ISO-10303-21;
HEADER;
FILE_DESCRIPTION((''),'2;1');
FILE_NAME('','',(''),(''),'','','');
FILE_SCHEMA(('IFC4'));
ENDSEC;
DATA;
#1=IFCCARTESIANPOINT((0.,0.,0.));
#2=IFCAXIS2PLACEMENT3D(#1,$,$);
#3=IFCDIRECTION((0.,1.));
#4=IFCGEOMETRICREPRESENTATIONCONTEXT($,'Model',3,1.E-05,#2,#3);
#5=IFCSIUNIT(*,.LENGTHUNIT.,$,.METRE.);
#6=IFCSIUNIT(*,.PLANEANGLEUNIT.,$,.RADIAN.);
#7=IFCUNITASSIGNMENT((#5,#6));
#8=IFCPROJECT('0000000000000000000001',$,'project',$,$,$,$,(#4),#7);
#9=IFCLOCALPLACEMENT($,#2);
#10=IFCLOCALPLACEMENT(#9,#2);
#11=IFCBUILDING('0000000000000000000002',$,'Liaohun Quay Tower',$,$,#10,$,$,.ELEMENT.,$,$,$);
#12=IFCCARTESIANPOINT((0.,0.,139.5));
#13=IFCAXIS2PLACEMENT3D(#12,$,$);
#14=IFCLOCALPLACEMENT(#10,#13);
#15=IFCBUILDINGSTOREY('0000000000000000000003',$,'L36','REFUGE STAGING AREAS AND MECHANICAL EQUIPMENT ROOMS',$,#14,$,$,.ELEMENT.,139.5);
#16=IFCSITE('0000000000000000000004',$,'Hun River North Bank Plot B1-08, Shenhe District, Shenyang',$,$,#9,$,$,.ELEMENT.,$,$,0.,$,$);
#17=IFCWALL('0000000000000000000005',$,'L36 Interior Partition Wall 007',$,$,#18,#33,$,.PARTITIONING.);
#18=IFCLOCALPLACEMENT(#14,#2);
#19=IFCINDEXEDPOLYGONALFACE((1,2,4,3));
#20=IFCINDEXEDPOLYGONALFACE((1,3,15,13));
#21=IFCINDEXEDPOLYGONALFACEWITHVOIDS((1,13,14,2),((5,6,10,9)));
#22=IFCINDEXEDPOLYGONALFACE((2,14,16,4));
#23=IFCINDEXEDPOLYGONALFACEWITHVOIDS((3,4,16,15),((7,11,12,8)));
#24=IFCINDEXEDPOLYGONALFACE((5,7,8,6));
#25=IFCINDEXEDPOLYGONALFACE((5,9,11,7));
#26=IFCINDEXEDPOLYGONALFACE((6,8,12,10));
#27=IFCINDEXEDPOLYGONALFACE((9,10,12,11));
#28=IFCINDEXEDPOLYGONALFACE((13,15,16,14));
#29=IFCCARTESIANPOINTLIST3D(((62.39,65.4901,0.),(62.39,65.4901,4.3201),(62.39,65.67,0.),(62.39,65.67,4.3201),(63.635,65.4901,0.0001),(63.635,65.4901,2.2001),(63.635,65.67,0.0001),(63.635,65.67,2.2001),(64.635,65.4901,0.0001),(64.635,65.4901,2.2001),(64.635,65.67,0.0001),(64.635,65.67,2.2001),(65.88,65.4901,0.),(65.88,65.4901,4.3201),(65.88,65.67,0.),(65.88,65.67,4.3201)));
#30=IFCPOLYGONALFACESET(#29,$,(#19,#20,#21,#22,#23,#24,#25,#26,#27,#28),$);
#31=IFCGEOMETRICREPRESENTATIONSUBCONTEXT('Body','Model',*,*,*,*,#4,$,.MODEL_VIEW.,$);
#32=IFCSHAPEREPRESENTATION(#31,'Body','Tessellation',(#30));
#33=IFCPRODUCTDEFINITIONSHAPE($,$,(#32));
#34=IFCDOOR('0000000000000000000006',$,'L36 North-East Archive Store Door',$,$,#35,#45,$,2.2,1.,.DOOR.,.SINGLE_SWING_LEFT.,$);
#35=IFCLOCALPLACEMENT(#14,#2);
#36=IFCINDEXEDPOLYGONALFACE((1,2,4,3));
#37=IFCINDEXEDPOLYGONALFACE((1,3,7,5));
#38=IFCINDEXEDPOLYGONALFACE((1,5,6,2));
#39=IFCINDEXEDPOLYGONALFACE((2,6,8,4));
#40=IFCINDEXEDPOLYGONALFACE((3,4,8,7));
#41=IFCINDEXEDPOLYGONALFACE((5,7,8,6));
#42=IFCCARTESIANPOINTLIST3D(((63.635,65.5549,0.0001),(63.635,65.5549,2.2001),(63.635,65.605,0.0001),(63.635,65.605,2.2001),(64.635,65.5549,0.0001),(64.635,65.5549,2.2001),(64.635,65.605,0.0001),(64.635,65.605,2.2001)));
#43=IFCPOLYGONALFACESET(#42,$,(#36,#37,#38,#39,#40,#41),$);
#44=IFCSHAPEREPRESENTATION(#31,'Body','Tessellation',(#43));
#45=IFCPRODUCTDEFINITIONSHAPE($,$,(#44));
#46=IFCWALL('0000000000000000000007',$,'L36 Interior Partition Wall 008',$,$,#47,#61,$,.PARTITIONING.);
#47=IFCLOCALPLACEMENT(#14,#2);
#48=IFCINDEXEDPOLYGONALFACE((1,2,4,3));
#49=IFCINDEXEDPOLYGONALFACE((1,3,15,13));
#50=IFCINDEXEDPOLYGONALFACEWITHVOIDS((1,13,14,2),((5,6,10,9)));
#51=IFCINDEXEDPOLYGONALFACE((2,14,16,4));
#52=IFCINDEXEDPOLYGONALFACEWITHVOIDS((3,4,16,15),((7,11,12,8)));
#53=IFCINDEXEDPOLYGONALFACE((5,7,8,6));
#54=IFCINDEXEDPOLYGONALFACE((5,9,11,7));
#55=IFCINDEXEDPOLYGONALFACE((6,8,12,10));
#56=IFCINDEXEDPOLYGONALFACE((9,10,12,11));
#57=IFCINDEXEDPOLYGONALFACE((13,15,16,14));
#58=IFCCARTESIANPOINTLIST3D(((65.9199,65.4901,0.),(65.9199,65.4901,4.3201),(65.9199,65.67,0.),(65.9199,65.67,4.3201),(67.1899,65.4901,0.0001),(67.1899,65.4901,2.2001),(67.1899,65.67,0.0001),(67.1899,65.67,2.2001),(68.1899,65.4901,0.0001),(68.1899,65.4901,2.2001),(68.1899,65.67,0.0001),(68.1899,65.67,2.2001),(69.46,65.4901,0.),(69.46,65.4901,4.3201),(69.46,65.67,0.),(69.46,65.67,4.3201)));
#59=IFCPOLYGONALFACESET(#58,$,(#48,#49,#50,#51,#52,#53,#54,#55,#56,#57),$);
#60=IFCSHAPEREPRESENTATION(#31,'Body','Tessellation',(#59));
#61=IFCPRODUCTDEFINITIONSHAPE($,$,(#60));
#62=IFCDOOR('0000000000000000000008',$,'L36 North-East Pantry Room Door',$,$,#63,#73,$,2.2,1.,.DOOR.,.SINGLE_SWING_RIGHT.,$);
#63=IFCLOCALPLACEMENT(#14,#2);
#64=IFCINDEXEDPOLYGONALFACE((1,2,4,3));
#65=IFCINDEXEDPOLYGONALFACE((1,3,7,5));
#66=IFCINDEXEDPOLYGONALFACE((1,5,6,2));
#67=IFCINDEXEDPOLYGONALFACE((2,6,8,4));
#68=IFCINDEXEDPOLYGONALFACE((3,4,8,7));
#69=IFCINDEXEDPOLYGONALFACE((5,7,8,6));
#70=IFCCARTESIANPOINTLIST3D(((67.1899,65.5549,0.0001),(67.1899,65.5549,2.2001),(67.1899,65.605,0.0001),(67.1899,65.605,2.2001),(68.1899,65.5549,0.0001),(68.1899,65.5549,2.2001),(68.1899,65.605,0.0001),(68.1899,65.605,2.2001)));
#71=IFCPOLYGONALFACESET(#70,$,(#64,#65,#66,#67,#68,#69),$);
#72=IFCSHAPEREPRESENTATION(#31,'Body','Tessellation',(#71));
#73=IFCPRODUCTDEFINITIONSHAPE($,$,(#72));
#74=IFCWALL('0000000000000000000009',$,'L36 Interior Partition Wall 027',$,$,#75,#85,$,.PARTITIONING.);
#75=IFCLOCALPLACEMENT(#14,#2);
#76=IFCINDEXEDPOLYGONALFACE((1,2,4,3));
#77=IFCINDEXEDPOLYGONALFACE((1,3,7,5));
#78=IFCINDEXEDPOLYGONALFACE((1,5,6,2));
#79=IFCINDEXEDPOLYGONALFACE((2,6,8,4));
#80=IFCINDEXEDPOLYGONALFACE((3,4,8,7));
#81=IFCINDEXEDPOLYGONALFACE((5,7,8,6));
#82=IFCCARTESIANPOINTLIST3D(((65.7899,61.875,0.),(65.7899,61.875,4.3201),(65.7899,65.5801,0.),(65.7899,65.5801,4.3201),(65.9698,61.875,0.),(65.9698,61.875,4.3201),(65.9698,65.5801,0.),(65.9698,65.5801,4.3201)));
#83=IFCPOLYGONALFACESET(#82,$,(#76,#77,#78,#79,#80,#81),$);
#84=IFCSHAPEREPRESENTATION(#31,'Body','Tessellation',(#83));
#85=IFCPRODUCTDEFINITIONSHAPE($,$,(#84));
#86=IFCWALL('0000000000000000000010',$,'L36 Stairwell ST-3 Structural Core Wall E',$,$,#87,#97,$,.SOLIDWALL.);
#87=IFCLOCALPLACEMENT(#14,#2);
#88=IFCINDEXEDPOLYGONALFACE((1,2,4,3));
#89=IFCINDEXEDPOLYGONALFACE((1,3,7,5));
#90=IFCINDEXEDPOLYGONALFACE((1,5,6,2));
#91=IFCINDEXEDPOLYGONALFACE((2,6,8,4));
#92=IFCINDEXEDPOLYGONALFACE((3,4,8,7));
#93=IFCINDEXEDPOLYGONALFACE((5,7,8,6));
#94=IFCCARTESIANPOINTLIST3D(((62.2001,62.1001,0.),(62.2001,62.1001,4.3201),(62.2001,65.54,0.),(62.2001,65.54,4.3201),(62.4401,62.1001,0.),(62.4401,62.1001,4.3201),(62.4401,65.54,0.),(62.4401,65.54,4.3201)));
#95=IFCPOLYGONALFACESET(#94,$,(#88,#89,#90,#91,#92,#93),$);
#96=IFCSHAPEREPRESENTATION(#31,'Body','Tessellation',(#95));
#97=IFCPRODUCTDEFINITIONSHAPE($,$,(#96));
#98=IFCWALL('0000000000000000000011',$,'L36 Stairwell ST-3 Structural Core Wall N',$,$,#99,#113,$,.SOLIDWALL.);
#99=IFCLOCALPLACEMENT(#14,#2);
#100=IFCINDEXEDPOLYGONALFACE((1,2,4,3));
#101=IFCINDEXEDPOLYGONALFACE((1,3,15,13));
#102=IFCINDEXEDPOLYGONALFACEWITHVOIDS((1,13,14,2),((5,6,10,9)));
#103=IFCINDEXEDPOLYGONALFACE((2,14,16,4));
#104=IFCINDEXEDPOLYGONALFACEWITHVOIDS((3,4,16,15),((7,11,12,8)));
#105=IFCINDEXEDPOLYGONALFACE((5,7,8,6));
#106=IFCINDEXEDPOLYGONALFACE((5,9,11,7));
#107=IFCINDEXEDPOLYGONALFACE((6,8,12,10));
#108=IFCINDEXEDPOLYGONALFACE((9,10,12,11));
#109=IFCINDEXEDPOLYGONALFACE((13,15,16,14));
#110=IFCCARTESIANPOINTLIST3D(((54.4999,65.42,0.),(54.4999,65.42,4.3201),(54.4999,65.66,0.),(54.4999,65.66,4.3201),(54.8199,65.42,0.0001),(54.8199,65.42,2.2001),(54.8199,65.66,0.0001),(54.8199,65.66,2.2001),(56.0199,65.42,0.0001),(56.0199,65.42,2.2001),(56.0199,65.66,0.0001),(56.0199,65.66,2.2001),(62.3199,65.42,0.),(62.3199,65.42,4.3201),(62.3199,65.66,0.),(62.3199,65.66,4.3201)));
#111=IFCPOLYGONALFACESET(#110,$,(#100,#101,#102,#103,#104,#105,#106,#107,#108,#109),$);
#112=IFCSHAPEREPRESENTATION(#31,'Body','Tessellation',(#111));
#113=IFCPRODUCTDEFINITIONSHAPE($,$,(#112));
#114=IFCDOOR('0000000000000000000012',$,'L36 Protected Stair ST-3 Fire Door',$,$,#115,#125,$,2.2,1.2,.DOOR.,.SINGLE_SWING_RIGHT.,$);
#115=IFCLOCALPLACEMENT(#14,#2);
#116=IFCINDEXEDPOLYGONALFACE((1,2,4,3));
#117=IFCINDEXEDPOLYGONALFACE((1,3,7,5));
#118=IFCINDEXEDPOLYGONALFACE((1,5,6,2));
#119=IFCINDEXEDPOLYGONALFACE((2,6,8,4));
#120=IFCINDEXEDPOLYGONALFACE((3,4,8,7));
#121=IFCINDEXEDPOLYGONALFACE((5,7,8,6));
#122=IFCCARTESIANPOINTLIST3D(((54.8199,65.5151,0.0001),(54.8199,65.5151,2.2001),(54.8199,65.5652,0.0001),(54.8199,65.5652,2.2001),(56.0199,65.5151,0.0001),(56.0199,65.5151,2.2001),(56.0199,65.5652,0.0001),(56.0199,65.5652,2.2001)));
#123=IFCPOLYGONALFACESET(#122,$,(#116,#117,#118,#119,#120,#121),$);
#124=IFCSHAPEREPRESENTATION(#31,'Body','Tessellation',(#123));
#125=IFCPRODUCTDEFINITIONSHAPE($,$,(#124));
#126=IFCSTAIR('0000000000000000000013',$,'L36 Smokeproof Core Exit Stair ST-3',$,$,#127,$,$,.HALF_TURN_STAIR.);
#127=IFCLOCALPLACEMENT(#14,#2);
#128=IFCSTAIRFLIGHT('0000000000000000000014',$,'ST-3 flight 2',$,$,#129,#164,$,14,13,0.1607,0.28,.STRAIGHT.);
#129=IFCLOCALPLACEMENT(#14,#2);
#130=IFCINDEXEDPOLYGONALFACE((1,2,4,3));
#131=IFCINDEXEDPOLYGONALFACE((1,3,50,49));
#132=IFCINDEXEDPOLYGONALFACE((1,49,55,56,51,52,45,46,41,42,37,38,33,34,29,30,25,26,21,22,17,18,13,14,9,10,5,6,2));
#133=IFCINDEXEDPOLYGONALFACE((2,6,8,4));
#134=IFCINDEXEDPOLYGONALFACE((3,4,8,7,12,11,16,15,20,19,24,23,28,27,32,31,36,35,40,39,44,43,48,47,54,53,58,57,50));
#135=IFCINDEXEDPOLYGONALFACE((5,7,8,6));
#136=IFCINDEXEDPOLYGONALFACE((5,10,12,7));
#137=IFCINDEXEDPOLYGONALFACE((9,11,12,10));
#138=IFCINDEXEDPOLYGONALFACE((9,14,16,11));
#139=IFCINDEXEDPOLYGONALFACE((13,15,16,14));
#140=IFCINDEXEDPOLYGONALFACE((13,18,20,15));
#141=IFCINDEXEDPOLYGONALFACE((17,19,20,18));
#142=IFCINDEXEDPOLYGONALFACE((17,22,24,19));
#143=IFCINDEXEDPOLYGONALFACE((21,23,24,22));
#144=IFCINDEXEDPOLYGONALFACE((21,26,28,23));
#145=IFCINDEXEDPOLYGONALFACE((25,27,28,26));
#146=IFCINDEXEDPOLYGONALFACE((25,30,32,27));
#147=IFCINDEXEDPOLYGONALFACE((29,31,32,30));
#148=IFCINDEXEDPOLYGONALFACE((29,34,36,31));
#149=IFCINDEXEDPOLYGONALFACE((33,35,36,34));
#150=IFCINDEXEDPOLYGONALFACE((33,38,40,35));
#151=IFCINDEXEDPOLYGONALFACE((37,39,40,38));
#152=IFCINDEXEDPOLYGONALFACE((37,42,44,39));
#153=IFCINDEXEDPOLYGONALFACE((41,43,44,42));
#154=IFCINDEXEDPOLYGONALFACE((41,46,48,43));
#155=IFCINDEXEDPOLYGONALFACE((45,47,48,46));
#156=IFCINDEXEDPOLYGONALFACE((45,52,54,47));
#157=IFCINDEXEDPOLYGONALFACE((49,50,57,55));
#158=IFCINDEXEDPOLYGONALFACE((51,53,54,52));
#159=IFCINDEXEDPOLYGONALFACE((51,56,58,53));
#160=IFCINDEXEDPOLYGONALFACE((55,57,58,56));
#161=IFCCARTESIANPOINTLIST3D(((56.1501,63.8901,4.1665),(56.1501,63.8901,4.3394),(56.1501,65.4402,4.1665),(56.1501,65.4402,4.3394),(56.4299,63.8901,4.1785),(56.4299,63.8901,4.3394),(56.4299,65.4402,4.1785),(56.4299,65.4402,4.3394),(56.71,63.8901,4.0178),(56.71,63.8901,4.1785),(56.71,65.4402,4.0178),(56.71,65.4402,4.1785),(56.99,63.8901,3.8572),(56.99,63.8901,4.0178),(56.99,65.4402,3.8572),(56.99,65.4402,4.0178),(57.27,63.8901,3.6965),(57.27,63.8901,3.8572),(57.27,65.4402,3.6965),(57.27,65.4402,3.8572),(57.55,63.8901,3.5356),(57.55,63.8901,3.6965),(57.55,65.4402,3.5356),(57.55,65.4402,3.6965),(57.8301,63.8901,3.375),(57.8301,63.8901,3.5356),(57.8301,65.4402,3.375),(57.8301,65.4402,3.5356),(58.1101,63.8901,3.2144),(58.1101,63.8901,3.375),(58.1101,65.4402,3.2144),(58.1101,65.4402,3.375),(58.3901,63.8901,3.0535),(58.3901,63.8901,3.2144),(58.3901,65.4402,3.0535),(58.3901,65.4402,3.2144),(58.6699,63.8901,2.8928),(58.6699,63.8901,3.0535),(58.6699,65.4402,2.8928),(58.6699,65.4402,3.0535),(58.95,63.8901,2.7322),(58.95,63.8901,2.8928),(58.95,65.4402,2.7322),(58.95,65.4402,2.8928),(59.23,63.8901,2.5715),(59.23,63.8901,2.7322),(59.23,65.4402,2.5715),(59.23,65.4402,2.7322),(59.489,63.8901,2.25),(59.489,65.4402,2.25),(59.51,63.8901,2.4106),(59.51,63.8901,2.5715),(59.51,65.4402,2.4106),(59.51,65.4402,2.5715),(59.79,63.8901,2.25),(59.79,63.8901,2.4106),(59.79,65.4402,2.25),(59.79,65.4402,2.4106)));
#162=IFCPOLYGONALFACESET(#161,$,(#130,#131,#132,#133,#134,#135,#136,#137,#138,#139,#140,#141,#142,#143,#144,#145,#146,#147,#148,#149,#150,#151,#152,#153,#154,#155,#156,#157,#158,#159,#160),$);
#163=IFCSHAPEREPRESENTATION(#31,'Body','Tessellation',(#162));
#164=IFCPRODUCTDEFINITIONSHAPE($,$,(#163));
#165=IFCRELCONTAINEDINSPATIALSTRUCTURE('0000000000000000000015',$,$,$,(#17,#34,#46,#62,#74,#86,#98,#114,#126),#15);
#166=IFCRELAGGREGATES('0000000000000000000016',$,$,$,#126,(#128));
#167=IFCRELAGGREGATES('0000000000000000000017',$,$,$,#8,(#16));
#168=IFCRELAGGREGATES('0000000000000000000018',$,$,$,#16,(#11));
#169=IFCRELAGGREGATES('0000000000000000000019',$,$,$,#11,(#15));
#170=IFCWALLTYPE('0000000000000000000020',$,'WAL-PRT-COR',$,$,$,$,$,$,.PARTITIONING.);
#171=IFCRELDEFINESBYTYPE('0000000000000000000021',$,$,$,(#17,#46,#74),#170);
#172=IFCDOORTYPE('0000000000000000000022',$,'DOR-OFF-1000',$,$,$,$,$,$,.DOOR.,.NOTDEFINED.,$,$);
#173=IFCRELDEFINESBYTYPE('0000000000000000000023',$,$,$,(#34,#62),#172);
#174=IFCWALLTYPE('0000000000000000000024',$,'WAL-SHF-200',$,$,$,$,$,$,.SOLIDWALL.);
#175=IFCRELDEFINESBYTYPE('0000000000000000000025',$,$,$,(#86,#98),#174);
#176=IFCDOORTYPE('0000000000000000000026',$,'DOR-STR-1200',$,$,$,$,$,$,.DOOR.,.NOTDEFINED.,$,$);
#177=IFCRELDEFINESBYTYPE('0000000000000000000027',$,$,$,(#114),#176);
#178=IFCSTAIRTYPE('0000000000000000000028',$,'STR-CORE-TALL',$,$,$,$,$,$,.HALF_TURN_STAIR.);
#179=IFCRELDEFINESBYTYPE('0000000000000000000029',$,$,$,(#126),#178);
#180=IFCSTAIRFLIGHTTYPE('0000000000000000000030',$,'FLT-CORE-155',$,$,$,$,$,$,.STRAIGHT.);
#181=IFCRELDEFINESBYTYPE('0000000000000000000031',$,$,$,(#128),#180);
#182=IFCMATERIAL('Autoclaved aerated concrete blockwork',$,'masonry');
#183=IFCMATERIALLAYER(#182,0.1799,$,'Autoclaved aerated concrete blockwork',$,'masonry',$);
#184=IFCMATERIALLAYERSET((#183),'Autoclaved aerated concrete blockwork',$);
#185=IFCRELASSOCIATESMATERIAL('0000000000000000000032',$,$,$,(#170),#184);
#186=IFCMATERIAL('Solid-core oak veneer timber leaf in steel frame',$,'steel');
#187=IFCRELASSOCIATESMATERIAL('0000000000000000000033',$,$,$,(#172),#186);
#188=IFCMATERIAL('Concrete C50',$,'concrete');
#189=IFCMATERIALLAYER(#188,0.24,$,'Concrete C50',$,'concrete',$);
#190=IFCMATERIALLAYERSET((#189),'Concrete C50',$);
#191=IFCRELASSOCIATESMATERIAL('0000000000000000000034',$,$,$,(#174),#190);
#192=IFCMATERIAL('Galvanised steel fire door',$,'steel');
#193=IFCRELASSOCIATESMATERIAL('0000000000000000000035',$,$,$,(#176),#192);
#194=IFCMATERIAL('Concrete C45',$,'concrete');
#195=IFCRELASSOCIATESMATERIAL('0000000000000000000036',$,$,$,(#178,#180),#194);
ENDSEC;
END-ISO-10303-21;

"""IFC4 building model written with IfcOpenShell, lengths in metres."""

from ifc_helpers import new_model, si_unit, direction, frame, frame_2d, origin, place, context, subcontext, project, spatial, polyline, rectangle, outline, extrude, source, transform, mapped, material, layer, layer_set, type_object, element, fill, aggregate, save


model = new_model("IFC4")

# Units and contexts
model_context = context("Model", 3, precision=1e-05, world=origin(), true_north=direction((0.0, 1.0)))
body_context = subcontext(model_context, "Body", "Model", "MODEL_VIEW")
ifc_project = project(units=[si_unit("LENGTHUNIT", "METRE"), si_unit("PLANEANGLEUNIT", "RADIAN")], contexts=[model_context])

# Site, building, storey
site_placement = place(None, origin())
site = spatial("IfcSite", under=ifc_project, at=site_placement, Name="Hun River North Bank Plot B1-08, Shenhe District, Shenyang", CompositionType="ELEMENT", RefElevation=0.0)
building_placement = place(site_placement, origin())
building = spatial("IfcBuilding", under=site, at=building_placement, Name="Liaohun Quay Tower", CompositionType="ELEMENT")
storey_placement = place(building_placement, frame((0.0, 0.0, 139.5)))
storey = spatial("IfcBuildingStorey", under=building, at=storey_placement, Name="L36", Description="REFUGE STAGING AREAS AND MECHANICAL EQUIPMENT ROOMS", CompositionType="ELEMENT", Elevation=139.5)

# Walls, openings, doors
ifc_material_1 = material(Name="Autoclaved aerated concrete blockwork", Category="masonry")
ifc_layer_1 = layer(ifc_material_1, 0.1799, Name="Autoclaved aerated concrete blockwork", Category="masonry")
ifc_layer_set_1 = layer_set([ifc_layer_1], Name="Autoclaved aerated concrete blockwork")
wall_type_1 = type_object("IfcWallType", Name="WAL-PRT-COR", PredefinedType="PARTITIONING", material=ifc_layer_set_1)
wall_1_placement = place(storey_placement, frame((62.3899, 65.5801, 0.0), z_axis=(0.0, 0.0, 1.0), x_axis=(1.0, 0.0, 0.0)))
wall_1 = element("IfcWall", 1, at=wall_1_placement, inside=storey, type_object=wall_type_1, Name="L36 Interior Partition Wall 007", PredefinedType="PARTITIONING", context=body_context, shape_type="SweptSolid", body=[
    extrude(rectangle(XDim=3.49, YDim=0.1799, at=frame_2d((1.7451, 0.0))), origin(), (0.0, 0.0, 1.0), 4.3201),
])
shared_shape_1 = source(origin(), body_context, "Body", "SweptSolid", [
    extrude(rectangle(XDim=1.0, YDim=2.2, at=frame_2d((0.5, 1.1001))), frame((0.0, 0.0999, 0.0), z_axis=(0.0, -1.0, 0.0), x_axis=(1.0, 0.0, 0.0)), (0.0, 0.0, 1.0), 0.2),
])
opening_1_placement = place(wall_1_placement, frame((1.2451, 0.0, 0.0)))
opening_1 = element("IfcOpeningElement", 2, at=opening_1_placement, cuts=wall_1, PredefinedType="OPENING", context=body_context, shape_type="MappedRepresentation", body=[
    mapped(shared_shape_1, transform((0.0, 0.0, 0.0), x_axis=(1.0, 0.0, 0.0), y_axis=(0.0, 1.0, 0.0), z_axis=(0.0, 0.0, 1.0), scale=1.0)),
])
ifc_material_2 = material(Name="Solid-core oak veneer timber leaf in steel frame", Category="steel")
door_type_1 = type_object("IfcDoorType", Name="DOR-OFF-1000", OperationType="NOTDEFINED", PredefinedType="DOOR", material=ifc_material_2)
shared_shape_2 = source(origin(), body_context, "Body", "SweptSolid", [
    extrude(rectangle(XDim=1.0, YDim=2.2, at=frame_2d((0.5, 1.1001))), frame((0.0, 0.0249, 0.0), z_axis=(0.0, -1.0, 0.0), x_axis=(1.0, 0.0, 0.0)), (0.0, 0.0, 1.0), 0.05),
])
door_1_placement = place(opening_1_placement, origin())
door_1 = element("IfcDoor", 3, at=door_1_placement, inside=storey, type_object=door_type_1, Name="L36 North-East Archive Store Door", OperationType="SINGLE_SWING_LEFT", OverallHeight=2.2, OverallWidth=1.0, PredefinedType="DOOR", context=body_context, shape_type="MappedRepresentation", body=[
    mapped(shared_shape_2, transform((0.0, 0.0, 0.0), x_axis=(1.0, 0.0, 0.0), y_axis=(0.0, 1.0, 0.0), z_axis=(0.0, 0.0, 1.0), scale=1.0)),
])
fill(opening_1, door_1)
wall_2_placement = place(storey_placement, frame((65.9199, 65.5801, 0.0), z_axis=(0.0, 0.0, 1.0), x_axis=(1.0, 0.0, 0.0)))
wall_2 = element("IfcWall", 4, at=wall_2_placement, inside=storey, type_object=wall_type_1, Name="L36 Interior Partition Wall 008", PredefinedType="PARTITIONING", context=body_context, shape_type="SweptSolid", body=[
    extrude(rectangle(XDim=3.54, YDim=0.1799, at=frame_2d((1.77, 0.0))), origin(), (0.0, 0.0, 1.0), 4.3201),
])
opening_2_placement = place(wall_2_placement, frame((1.27, 0.0, 0.0)))
opening_2 = element("IfcOpeningElement", 5, at=opening_2_placement, cuts=wall_2, PredefinedType="OPENING", context=body_context, shape_type="MappedRepresentation", body=[
    mapped(shared_shape_1, transform((0.0, 0.0, 0.0), x_axis=(1.0, 0.0, 0.0), y_axis=(0.0, 1.0, 0.0), z_axis=(0.0, 0.0, 1.0), scale=1.0)),
])
door_2_placement = place(opening_2_placement, origin())
door_2 = element("IfcDoor", 6, at=door_2_placement, inside=storey, type_object=door_type_1, Name="L36 North-East Pantry Room Door", OperationType="SINGLE_SWING_RIGHT", OverallHeight=2.2, OverallWidth=1.0, PredefinedType="DOOR", context=body_context, shape_type="MappedRepresentation", body=[
    mapped(shared_shape_2, transform((0.0, 0.0, 0.0), x_axis=(1.0, 0.0, 0.0), y_axis=(0.0, 1.0, 0.0), z_axis=(0.0, 0.0, 1.0), scale=1.0)),
])
fill(opening_2, door_2)

# Walls
wall_3_placement = place(storey_placement, frame((65.8799, 61.875, 0.0), z_axis=(0.0, 0.0, 1.0), x_axis=(0.0, 1.0, 0.0)))
element("IfcWall", 7, at=wall_3_placement, inside=storey, type_object=wall_type_1, Name="L36 Interior Partition Wall 027", PredefinedType="PARTITIONING", context=body_context, shape_type="SweptSolid", body=[
    extrude(rectangle(XDim=3.7051, YDim=0.1799, at=frame_2d((1.8525, 0.0))), origin(), (0.0, 0.0, 1.0), 4.3201),
])
ifc_material_3 = material(Name="Concrete C50", Category="concrete")
ifc_layer_2 = layer(ifc_material_3, 0.24, Name="Concrete C50", Category="concrete")
ifc_layer_set_2 = layer_set([ifc_layer_2], Name="Concrete C50")
wall_type_2 = type_object("IfcWallType", Name="WAL-SHF-200", PredefinedType="SOLIDWALL", material=ifc_layer_set_2)
wall_4_placement = place(storey_placement, frame((62.3201, 62.1001, 0.0), z_axis=(0.0, 0.0, 1.0), x_axis=(0.0, 1.0, 0.0)))
element("IfcWall", 8, at=wall_4_placement, inside=storey, type_object=wall_type_2, Name="L36 Stairwell ST-3 Structural Core Wall E", PredefinedType="SOLIDWALL", context=body_context, shape_type="SweptSolid", body=[
    extrude(rectangle(XDim=3.4399, YDim=0.24, at=frame_2d((1.72, 0.0))), origin(), (0.0, 0.0, 1.0), 4.3201),
])

# Wall, opening, door
wall_5_placement = place(storey_placement, frame((62.3201, 65.54, 0.0), z_axis=(0.0, 0.0, 1.0), x_axis=(-1.0, 0.0, 0.0)))
wall_5 = element("IfcWall", 9, at=wall_5_placement, inside=storey, type_object=wall_type_2, Name="L36 Stairwell ST-3 Structural Core Wall N", PredefinedType="SOLIDWALL", context=body_context, shape_type="SweptSolid", body=[
    extrude(rectangle(XDim=7.8201, YDim=0.24, at=frame_2d((3.9102, 0.0))), origin(), (0.0, 0.0, 1.0), 4.3201),
])
shared_shape_3 = source(origin(), body_context, "Body", "SweptSolid", [
    extrude(rectangle(XDim=1.2, YDim=2.2, at=frame_2d((0.6001, 1.1001))), frame((0.0, 0.1299, 0.0), z_axis=(0.0, -1.0, 0.0), x_axis=(1.0, 0.0, 0.0)), (0.0, 0.0, 1.0), 0.26),
])
opening_3_placement = place(wall_5_placement, frame((6.3, 0.0, 0.0)))
opening_3 = element("IfcOpeningElement", 10, at=opening_3_placement, cuts=wall_5, PredefinedType="OPENING", context=body_context, shape_type="MappedRepresentation", body=[
    mapped(shared_shape_3, transform((0.0, 0.0, 0.0), x_axis=(1.0, 0.0, 0.0), y_axis=(0.0, 1.0, 0.0), z_axis=(0.0, 0.0, 1.0), scale=1.0)),
])
ifc_material_4 = material(Name="Galvanised steel fire door", Category="steel")
door_type_2 = type_object("IfcDoorType", Name="DOR-STR-1200", OperationType="NOTDEFINED", PredefinedType="DOOR", material=ifc_material_4)
shared_shape_4 = source(origin(), body_context, "Body", "SweptSolid", [
    extrude(rectangle(XDim=1.2, YDim=2.2, at=frame_2d((0.6001, 1.1001))), frame((0.0, 0.0249, 0.0), z_axis=(0.0, -1.0, 0.0), x_axis=(1.0, 0.0, 0.0)), (0.0, 0.0, 1.0), 0.05),
])
door_3_placement = place(opening_3_placement, origin())
door_3 = element("IfcDoor", 11, at=door_3_placement, inside=storey, type_object=door_type_2, Name="L36 Protected Stair ST-3 Fire Door", OperationType="SINGLE_SWING_RIGHT", OverallHeight=2.2, OverallWidth=1.2, PredefinedType="DOOR", context=body_context, shape_type="MappedRepresentation", body=[
    mapped(shared_shape_4, transform((0.0, 0.0, 0.0), x_axis=(1.0, 0.0, 0.0), y_axis=(0.0, 1.0, 0.0), z_axis=(0.0, 0.0, 1.0), scale=1.0)),
])
fill(opening_3, door_3)

# Stair, stair flight
ifc_material_5 = material(Name="Concrete C45", Category="concrete")
stair_type = type_object("IfcStairType", Name="STR-CORE-TALL", PredefinedType="HALF_TURN_STAIR", material=ifc_material_5)
stair_placement = place(storey_placement, origin())
stair = element("IfcStair", 12, at=stair_placement, inside=storey, type_object=stair_type, Name="L36 Smokeproof Core Exit Stair ST-3", PredefinedType="HALF_TURN_STAIR")
stair_flight_type = type_object("IfcStairFlightType", Name="FLT-CORE-155", PredefinedType="STRAIGHT", material=ifc_material_5)
stair_flight_placement = place(storey_placement, frame((59.79, 64.665, 2.25), z_axis=(0.0, 0.0, 1.0), x_axis=(-1.0, 0.0, 0.0)))
stair_flight = element("IfcStairFlight", 13, at=stair_flight_placement, type_object=stair_flight_type, Name="ST-3 flight 2", NumberOfRisers=14, NumberOfTreads=13, PredefinedType="STRAIGHT", RiserHeight=0.1607, TreadLength=0.28, context=body_context, shape_type="SweptSolid", body=[
    extrude(outline(polyline([(0.0, 0.0), (0.0, 0.1606), (0.28, 0.1606), (0.28, 0.3215), (0.5601, 0.3215), (0.5601, 0.4822), (0.8401, 0.4822), (0.8401, 0.6428), (1.1201, 0.6428), (1.1201, 0.8035), (1.3999, 0.8035), (1.3999, 0.9644), (1.6799, 0.9644), (1.6799, 1.125), (1.96, 1.125), (1.96, 1.2856), (2.24, 1.2856), (2.24, 1.4465), (2.52, 1.4465), (2.52, 1.6072), (2.8, 1.6072), (2.8, 1.7678), (3.0801, 1.7678), (3.0801, 1.9285), (3.3601, 1.9285), (3.3601, 2.0894), (3.6399, 2.0894), (3.6399, 2.25), (3.6399, 1.9165), (0.301, 0.0), (0.0, 0.0)])), frame((0.0, 0.7749, 0.0), z_axis=(0.0, -1.0, 0.0), x_axis=(1.0, 0.0, 0.0)), (0.0, 0.0, 1.0), 1.55),
])
aggregate(stair, [stair_flight])

save(model, "model.ifc")
